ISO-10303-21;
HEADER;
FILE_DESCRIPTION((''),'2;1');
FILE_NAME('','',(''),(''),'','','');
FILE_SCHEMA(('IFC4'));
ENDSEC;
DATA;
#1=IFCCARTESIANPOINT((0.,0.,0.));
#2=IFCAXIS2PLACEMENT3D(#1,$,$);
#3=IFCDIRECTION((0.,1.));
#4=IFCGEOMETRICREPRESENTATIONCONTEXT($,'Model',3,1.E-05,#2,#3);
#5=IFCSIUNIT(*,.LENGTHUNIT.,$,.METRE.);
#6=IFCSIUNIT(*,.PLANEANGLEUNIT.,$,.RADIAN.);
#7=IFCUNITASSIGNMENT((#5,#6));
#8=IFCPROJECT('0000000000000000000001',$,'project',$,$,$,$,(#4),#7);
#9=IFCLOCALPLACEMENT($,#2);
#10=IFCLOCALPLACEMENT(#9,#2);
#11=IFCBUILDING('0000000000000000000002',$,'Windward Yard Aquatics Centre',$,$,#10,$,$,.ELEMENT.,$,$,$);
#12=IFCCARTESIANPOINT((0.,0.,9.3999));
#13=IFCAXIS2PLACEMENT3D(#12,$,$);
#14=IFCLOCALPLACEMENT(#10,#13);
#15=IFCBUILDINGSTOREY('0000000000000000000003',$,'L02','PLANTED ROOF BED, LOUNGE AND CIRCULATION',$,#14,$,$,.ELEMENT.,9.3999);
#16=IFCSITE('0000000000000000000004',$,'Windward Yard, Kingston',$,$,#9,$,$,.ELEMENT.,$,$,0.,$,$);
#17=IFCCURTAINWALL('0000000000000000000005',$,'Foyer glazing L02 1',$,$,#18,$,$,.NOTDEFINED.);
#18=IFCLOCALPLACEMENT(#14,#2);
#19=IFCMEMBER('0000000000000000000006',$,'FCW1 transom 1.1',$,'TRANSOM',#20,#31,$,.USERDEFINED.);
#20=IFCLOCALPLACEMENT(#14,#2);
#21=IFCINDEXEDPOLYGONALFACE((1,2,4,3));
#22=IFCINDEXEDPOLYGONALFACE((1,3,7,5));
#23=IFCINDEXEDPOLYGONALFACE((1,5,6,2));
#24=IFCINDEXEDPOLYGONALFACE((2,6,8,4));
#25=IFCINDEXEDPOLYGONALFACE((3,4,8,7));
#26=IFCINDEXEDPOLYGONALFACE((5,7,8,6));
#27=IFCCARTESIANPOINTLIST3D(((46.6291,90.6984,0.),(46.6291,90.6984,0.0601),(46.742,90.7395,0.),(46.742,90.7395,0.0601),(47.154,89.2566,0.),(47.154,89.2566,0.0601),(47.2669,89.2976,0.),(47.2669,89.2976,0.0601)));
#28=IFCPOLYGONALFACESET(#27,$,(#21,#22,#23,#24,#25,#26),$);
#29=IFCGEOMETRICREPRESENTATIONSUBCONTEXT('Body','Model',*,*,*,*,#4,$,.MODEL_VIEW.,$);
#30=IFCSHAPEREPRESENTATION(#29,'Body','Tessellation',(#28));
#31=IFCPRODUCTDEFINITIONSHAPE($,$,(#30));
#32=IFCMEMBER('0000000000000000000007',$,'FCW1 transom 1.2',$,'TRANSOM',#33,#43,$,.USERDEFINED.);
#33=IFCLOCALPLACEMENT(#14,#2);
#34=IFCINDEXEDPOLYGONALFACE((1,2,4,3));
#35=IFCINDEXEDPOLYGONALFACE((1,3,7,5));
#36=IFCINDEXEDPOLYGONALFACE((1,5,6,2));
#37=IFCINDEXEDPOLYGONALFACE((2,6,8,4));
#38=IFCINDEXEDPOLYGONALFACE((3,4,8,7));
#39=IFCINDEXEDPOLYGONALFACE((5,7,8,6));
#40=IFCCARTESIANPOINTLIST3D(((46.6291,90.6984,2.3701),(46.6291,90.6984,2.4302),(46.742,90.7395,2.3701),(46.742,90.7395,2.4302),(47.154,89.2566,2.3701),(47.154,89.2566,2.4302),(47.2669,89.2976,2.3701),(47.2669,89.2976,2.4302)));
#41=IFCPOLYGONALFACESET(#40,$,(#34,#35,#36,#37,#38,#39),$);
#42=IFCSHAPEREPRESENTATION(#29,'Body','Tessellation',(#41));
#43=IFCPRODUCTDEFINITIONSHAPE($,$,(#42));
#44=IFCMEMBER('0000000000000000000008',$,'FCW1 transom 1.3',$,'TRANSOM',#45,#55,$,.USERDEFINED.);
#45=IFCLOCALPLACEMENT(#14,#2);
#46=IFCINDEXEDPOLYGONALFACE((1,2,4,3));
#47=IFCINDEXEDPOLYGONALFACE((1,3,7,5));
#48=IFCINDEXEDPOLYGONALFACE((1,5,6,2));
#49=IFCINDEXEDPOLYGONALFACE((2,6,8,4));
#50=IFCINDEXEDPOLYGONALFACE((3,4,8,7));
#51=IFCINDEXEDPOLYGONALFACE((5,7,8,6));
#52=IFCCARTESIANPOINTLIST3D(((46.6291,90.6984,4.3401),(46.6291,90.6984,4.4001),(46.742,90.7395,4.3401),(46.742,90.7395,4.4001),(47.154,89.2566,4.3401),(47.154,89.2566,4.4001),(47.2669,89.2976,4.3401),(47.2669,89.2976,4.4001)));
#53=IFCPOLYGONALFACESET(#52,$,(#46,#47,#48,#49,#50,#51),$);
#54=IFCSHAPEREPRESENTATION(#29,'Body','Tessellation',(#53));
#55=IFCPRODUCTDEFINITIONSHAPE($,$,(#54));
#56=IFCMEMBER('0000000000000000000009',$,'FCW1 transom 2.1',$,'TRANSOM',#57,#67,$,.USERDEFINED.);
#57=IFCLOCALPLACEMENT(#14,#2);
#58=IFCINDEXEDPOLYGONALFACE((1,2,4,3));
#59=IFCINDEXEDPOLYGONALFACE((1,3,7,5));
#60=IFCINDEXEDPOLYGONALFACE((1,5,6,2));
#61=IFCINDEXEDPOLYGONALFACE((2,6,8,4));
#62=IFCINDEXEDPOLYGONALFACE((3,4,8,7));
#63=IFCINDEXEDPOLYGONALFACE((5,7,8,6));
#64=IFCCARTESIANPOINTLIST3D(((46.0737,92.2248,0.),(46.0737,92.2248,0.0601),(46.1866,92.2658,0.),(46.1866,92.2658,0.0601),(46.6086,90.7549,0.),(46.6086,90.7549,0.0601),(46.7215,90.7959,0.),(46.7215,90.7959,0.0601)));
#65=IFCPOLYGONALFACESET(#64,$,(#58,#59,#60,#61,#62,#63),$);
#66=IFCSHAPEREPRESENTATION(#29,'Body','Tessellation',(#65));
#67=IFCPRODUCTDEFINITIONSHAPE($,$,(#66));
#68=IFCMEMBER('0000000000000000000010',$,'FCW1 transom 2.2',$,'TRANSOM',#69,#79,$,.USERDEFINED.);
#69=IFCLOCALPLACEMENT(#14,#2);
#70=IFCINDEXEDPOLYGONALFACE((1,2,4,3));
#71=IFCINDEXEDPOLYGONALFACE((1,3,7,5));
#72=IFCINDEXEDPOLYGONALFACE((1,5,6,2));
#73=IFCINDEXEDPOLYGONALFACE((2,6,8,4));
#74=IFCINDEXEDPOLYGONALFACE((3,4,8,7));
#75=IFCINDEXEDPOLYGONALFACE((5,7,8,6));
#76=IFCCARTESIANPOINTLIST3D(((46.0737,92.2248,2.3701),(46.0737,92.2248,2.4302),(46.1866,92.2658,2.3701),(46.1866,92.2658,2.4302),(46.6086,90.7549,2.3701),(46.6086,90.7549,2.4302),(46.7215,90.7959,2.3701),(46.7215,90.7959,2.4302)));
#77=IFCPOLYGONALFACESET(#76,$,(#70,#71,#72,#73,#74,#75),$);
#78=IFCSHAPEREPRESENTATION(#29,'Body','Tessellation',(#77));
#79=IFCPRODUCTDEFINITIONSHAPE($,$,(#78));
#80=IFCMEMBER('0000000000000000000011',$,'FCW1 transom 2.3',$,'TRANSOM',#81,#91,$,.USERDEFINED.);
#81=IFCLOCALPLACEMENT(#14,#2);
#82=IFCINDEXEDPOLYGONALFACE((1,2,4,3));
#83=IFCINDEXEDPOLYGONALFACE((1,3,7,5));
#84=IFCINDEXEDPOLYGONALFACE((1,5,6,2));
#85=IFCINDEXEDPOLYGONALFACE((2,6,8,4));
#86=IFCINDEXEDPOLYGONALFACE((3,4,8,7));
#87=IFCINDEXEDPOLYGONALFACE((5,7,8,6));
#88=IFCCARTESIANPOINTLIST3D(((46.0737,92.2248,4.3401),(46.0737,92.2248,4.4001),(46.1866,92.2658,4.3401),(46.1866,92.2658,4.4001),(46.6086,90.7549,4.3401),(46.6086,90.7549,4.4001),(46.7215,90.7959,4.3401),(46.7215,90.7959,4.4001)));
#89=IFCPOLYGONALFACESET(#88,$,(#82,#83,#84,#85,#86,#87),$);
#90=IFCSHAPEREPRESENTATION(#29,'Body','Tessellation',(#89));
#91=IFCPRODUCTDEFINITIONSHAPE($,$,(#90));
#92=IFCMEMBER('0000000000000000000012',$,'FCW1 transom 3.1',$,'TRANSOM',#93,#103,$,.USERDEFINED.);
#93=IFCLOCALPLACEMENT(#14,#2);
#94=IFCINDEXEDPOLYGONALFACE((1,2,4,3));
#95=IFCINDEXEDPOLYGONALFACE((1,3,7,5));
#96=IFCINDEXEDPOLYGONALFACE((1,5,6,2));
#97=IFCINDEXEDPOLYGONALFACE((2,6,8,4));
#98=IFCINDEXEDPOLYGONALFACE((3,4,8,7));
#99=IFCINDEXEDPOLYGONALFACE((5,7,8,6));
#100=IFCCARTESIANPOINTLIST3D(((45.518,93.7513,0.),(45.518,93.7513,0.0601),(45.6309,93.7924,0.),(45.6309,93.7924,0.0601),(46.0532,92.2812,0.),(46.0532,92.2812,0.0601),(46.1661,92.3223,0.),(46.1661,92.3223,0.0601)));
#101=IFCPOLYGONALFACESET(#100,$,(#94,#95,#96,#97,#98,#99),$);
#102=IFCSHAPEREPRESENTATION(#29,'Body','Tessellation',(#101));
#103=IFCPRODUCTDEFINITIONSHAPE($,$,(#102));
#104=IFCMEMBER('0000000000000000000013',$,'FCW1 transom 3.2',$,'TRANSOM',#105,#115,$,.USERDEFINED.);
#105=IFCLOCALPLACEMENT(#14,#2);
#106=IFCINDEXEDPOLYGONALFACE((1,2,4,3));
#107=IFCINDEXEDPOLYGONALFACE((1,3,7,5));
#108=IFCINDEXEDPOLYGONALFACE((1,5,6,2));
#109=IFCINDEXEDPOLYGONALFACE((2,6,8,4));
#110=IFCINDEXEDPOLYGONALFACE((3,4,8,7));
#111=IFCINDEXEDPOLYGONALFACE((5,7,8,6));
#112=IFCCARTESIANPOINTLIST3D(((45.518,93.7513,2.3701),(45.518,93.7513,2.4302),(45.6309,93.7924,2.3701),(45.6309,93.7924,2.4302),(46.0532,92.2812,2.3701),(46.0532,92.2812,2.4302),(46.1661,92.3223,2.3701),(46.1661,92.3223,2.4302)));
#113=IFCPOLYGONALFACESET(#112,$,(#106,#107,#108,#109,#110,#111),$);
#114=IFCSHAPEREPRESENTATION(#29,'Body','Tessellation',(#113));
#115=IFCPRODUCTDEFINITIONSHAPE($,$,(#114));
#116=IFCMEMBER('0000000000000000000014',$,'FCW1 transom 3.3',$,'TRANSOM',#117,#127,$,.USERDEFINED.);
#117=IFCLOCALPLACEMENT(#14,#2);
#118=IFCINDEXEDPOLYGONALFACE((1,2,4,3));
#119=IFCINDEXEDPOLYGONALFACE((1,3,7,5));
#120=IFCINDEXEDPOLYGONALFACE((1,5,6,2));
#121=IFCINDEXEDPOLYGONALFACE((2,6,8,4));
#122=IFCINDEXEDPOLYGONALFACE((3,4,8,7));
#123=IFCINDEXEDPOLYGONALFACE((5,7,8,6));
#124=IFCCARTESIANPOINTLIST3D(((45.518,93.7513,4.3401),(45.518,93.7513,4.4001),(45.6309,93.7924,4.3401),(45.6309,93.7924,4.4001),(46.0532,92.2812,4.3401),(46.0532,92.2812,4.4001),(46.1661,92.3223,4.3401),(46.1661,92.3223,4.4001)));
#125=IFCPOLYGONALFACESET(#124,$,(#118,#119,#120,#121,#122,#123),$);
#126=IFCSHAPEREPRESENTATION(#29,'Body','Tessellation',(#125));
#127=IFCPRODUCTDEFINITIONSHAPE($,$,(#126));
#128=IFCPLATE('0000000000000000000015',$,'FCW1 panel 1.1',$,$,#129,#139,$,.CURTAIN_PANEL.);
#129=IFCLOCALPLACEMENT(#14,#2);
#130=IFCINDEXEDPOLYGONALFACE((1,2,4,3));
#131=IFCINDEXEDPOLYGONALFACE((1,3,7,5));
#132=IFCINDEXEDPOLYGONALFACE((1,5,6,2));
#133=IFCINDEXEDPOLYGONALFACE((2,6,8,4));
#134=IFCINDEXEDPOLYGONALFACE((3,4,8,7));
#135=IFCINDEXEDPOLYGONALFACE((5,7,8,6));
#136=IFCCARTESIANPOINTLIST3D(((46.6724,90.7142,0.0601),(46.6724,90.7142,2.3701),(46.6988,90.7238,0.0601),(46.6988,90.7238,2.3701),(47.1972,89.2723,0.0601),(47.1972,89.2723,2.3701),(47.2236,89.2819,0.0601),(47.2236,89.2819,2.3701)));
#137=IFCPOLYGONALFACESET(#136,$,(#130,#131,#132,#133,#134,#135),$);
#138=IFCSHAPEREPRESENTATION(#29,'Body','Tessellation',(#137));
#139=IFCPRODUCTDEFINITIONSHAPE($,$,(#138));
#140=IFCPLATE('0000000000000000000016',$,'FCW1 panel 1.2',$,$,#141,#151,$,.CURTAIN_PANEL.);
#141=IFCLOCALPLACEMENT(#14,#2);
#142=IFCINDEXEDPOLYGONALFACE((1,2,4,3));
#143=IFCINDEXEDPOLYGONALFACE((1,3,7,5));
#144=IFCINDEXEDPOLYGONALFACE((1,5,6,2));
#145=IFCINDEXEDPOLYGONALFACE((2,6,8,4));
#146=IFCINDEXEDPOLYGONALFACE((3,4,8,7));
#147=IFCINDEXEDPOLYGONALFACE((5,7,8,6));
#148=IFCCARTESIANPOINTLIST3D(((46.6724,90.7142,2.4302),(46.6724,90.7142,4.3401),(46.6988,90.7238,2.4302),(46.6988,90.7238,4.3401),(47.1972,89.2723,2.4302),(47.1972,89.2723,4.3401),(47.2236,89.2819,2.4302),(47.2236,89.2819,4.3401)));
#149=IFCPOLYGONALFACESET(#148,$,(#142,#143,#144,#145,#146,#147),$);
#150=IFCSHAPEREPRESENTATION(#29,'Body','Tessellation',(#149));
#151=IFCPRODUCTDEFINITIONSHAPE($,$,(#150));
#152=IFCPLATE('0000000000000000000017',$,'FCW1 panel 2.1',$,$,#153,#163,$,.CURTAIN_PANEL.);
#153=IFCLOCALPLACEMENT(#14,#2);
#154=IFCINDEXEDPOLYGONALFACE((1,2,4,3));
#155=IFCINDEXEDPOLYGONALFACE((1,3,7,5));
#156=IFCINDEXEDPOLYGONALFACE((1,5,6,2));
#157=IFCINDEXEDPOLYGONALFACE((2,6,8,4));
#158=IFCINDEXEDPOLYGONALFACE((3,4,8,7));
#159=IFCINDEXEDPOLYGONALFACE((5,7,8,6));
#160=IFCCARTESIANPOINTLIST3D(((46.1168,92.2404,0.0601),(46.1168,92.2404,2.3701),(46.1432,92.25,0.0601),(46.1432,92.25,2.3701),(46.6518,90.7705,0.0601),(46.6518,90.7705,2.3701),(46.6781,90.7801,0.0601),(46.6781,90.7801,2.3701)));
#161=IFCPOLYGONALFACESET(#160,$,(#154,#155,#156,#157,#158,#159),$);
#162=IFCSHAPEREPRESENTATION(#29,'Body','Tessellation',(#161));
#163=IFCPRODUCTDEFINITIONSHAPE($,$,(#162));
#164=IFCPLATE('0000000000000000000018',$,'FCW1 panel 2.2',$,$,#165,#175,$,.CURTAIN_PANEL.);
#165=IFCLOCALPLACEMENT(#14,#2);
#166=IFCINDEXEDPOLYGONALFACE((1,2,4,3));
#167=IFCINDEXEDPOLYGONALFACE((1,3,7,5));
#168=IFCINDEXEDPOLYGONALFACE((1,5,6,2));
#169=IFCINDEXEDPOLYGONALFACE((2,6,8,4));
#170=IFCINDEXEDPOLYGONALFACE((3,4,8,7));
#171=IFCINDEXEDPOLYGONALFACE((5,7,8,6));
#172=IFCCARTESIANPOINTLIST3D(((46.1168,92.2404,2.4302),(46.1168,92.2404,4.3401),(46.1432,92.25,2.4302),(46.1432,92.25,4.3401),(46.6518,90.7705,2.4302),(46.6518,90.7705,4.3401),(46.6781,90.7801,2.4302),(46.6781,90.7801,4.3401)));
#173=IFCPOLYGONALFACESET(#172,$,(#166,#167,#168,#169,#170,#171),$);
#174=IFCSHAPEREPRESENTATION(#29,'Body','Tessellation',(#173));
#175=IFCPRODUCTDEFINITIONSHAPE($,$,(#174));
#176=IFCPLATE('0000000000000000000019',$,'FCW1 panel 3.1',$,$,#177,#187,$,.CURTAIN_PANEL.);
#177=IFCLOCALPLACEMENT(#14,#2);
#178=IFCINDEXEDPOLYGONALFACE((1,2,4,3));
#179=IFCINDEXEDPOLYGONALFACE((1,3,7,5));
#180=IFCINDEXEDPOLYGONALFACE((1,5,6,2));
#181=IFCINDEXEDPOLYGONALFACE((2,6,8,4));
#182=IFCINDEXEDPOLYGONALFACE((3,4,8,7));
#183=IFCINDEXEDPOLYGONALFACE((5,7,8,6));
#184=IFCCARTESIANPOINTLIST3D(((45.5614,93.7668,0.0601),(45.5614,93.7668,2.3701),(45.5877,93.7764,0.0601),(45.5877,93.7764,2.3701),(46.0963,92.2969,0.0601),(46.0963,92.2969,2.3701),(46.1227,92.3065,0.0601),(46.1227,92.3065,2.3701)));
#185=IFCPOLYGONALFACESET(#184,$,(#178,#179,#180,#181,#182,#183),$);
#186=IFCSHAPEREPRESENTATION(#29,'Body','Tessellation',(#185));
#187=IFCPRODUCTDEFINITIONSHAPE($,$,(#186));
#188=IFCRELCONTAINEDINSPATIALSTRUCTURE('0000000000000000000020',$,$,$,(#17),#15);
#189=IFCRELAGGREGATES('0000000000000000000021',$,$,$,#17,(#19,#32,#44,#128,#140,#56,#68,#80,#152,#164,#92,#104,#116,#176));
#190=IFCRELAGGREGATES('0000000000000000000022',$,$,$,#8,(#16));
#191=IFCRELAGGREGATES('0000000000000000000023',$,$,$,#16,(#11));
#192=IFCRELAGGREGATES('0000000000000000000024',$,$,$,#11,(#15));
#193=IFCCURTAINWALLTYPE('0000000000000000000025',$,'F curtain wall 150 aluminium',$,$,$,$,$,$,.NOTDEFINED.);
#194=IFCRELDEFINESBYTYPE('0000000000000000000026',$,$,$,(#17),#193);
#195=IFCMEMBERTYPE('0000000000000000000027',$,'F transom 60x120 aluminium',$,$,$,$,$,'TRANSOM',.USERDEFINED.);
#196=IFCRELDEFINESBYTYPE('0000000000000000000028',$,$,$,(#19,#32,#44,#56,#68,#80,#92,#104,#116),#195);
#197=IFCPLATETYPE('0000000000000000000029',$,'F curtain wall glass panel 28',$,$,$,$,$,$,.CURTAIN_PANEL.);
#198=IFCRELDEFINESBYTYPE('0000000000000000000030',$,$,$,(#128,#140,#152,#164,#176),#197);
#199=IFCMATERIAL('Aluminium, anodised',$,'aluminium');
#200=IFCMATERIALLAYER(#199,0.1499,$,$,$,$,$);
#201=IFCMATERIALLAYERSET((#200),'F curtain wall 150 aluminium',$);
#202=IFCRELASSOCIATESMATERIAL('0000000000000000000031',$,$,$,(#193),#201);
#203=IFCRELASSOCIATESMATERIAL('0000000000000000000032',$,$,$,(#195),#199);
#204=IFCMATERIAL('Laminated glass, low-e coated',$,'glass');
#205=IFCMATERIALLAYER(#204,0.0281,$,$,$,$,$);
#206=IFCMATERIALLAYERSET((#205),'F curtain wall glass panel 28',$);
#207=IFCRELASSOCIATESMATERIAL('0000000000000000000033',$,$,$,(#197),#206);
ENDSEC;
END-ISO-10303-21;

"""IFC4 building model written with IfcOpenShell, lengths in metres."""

from ifc_helpers import new_model, si_unit, direction, frame, origin, origin_2d, place, context, subcontext, project, spatial, rectangle, extrude, material, layer, layer_set, material_profile, profile_set, type_object, element, aggregate, save


model = new_model("IFC4")

# Units and contexts
model_context = context("Model", 3, precision=1e-05, world=origin(), true_north=direction((0.0, 1.0)))
body_context = subcontext(model_context, "Body", "Model", "MODEL_VIEW")
ifc_project = project(units=[si_unit("LENGTHUNIT", "METRE"), si_unit("PLANEANGLEUNIT", "RADIAN")], contexts=[model_context])

# Site, building, storey
site_placement = place(None, origin())
site = spatial("IfcSite", under=ifc_project, at=site_placement, Name="Windward Yard, Kingston", CompositionType="ELEMENT", RefElevation=0.0)
building_placement = place(site_placement, origin())
building = spatial("IfcBuilding", under=site, at=building_placement, Name="Windward Yard Aquatics Centre", CompositionType="ELEMENT")
storey_placement = place(building_placement, frame((0.0, 0.0, 9.3999)))
storey = spatial("IfcBuildingStorey", under=building, at=storey_placement, Name="L02", Description="PLANTED ROOF BED, LOUNGE AND CIRCULATION", CompositionType="ELEMENT", Elevation=9.3999)

# Curtain wall, members, plates
ifc_material_1 = material(Name="Aluminium, anodised", Category="aluminium")
ifc_layer_1 = layer(ifc_material_1, 0.1499)
ifc_layer_set_1 = layer_set([ifc_layer_1], Name="F curtain wall 150 aluminium")
curtain_wall_type = type_object("IfcCurtainWallType", Name="F curtain wall 150 aluminium", PredefinedType="NOTDEFINED", material=ifc_layer_set_1)
curtain_wall_placement = place(storey_placement, origin())
curtain_wall = element("IfcCurtainWall", 1, at=curtain_wall_placement, inside=storey, type_object=curtain_wall_type, Name="Foyer glazing L02 1", PredefinedType="NOTDEFINED")
ifc_material_profile_1 = material_profile(ifc_material_1, rectangle(XDim=0.1201, YDim=0.0601, at=origin_2d()), Name="TRANSOM 60x120")
ifc_profile_set_1 = profile_set([ifc_material_profile_1], Name="Aluminium, anodised")
member_type_1 = type_object("IfcMemberType", Name="F transom 60x120 aluminium", ElementType="TRANSOM", PredefinedType="USERDEFINED", material=ifc_profile_set_1)
member_1_placement = place(storey_placement, frame((47.2104, 89.2771, 0.03), z_axis=(-0.342075, 0.939673, 0.0), x_axis=(-0.939673, -0.342075, 0.0)))
member_1 = element("IfcMember", 2, at=member_1_placement, type_object=member_type_1, Name="FCW1 transom 1.1", ObjectType="TRANSOM", PredefinedType="USERDEFINED", context=body_context, shape_type="SweptSolid", body=[
    extrude(rectangle(XDim=0.1201, YDim=0.0601, at=origin_2d()), origin(), (0.0, 0.0, 1.0), 1.5344),
])
member_2_placement = place(storey_placement, frame((47.2104, 89.2771, 2.4001), z_axis=(-0.342075, 0.939673, 0.0), x_axis=(-0.939673, -0.342075, 0.0)))
member_2 = element("IfcMember", 3, at=member_2_placement, type_object=member_type_1, Name="FCW1 transom 1.2", ObjectType="TRANSOM", PredefinedType="USERDEFINED", context=body_context, shape_type="SweptSolid", body=[
    extrude(rectangle(XDim=0.1201, YDim=0.0601, at=origin_2d()), origin(), (0.0, 0.0, 1.0), 1.5344),
])
member_3_placement = place(storey_placement, frame((47.2104, 89.2771, 4.3701), z_axis=(-0.342075, 0.939673, 0.0), x_axis=(-0.939673, -0.342075, 0.0)))
member_3 = element("IfcMember", 4, at=member_3_placement, type_object=member_type_1, Name="FCW1 transom 1.3", ObjectType="TRANSOM", PredefinedType="USERDEFINED", context=body_context, shape_type="SweptSolid", body=[
    extrude(rectangle(XDim=0.1201, YDim=0.0601, at=origin_2d()), origin(), (0.0, 0.0, 1.0), 1.5344),
])
member_4_placement = place(storey_placement, frame((46.665, 90.7754, 0.03), z_axis=(-0.341956, 0.939716, 0.0), x_axis=(-0.939716, -0.341956, 0.0)))
member_4 = element("IfcMember", 5, at=member_4_placement, type_object=member_type_1, Name="FCW1 transom 2.1", ObjectType="TRANSOM", PredefinedType="USERDEFINED", context=body_context, shape_type="SweptSolid", body=[
    extrude(rectangle(XDim=0.1201, YDim=0.0601, at=origin_2d()), origin(), (0.0, 0.0, 1.0), 1.5642),
])
member_5_placement = place(storey_placement, frame((46.665, 90.7754, 2.4001), z_axis=(-0.341956, 0.939716, 0.0), x_axis=(-0.939716, -0.341956, 0.0)))
member_5 = element("IfcMember", 6, at=member_5_placement, type_object=member_type_1, Name="FCW1 transom 2.2", ObjectType="TRANSOM", PredefinedType="USERDEFINED", context=body_context, shape_type="SweptSolid", body=[
    extrude(rectangle(XDim=0.1201, YDim=0.0601, at=origin_2d()), origin(), (0.0, 0.0, 1.0), 1.5642),
])
member_6_placement = place(storey_placement, frame((46.665, 90.7754, 4.3701), z_axis=(-0.341956, 0.939716, 0.0), x_axis=(-0.939716, -0.341956, 0.0)))
member_6 = element("IfcMember", 7, at=member_6_placement, type_object=member_type_1, Name="FCW1 transom 2.3", ObjectType="TRANSOM", PredefinedType="USERDEFINED", context=body_context, shape_type="SweptSolid", body=[
    extrude(rectangle(XDim=0.1201, YDim=0.0601, at=origin_2d()), origin(), (0.0, 0.0, 1.0), 1.5642),
])
member_7_placement = place(storey_placement, frame((46.1096, 92.3018, 0.03), z_axis=(-0.342094, 0.939666, 0.0), x_axis=(-0.939666, -0.342094, 0.0)))
member_7 = element("IfcMember", 8, at=member_7_placement, type_object=member_type_1, Name="FCW1 transom 3.1", ObjectType="TRANSOM", PredefinedType="USERDEFINED", context=body_context, shape_type="SweptSolid", body=[
    extrude(rectangle(XDim=0.1201, YDim=0.0601, at=origin_2d()), origin(), (0.0, 0.0, 1.0), 1.5645),
])
member_8_placement = place(storey_placement, frame((46.1096, 92.3018, 2.4001), z_axis=(-0.342094, 0.939666, 0.0), x_axis=(-0.939666, -0.342094, 0.0)))
member_8 = element("IfcMember", 9, at=member_8_placement, type_object=member_type_1, Name="FCW1 transom 3.2", ObjectType="TRANSOM", PredefinedType="USERDEFINED", context=body_context, shape_type="SweptSolid", body=[
    extrude(rectangle(XDim=0.1201, YDim=0.0601, at=origin_2d()), origin(), (0.0, 0.0, 1.0), 1.5645),
])
member_9_placement = place(storey_placement, frame((46.1096, 92.3018, 4.3701), z_axis=(-0.342094, 0.939666, 0.0), x_axis=(-0.939666, -0.342094, 0.0)))
member_9 = element("IfcMember", 10, at=member_9_placement, type_object=member_type_1, Name="FCW1 transom 3.3", ObjectType="TRANSOM", PredefinedType="USERDEFINED", context=body_context, shape_type="SweptSolid", body=[
    extrude(rectangle(XDim=0.1201, YDim=0.0601, at=origin_2d()), origin(), (0.0, 0.0, 1.0), 1.5645),
])
ifc_material_2 = material(Name="Laminated glass, low-e coated", Category="glass")
ifc_layer_2 = layer(ifc_material_2, 0.0281)
ifc_layer_set_2 = layer_set([ifc_layer_2], Name="F curtain wall glass panel 28")
plate_type_1 = type_object("IfcPlateType", Name="F curtain wall glass panel 28", PredefinedType="CURTAIN_PANEL", material=ifc_layer_set_2)
plate_1_placement = place(storey_placement, frame((46.948, 89.998, 0.0601), z_axis=(0.0, 0.0, 1.0), x_axis=(-0.342019, 0.939693, 0.0)))
plate_1 = element("IfcPlate", 11, at=plate_1_placement, type_object=plate_type_1, Name="FCW1 panel 1.1", PredefinedType="CURTAIN_PANEL", context=body_context, shape_type="SweptSolid", body=[
    extrude(rectangle(XDim=1.5344, YDim=0.0281, at=origin_2d()), origin(), (0.0, 0.0, 1.0), 2.3101),
])
plate_2_placement = place(storey_placement, frame((46.948, 89.998, 2.4302), z_axis=(0.0, 0.0, 1.0), x_axis=(-0.342019, 0.939693, 0.0)))
plate_2 = element("IfcPlate", 12, at=plate_2_placement, type_object=plate_type_1, Name="FCW1 panel 1.2", PredefinedType="CURTAIN_PANEL", context=body_context, shape_type="SweptSolid", body=[
    extrude(rectangle(XDim=1.5344, YDim=0.0281, at=origin_2d()), origin(), (0.0, 0.0, 1.0), 1.9099),
])
plate_3_placement = place(storey_placement, frame((46.3975, 91.5103, 0.0601), z_axis=(0.0, 0.0, 1.0), x_axis=(-0.342019, 0.939693, 0.0)))
plate_3 = element("IfcPlate", 13, at=plate_3_placement, type_object=plate_type_1, Name="FCW1 panel 2.1", PredefinedType="CURTAIN_PANEL", context=body_context, shape_type="SweptSolid", body=[
    extrude(rectangle(XDim=1.5642, YDim=0.0281, at=origin_2d()), origin(), (0.0, 0.0, 1.0), 2.3101),
])
plate_4_placement = place(storey_placement, frame((46.3975, 91.5103, 2.4302), z_axis=(0.0, 0.0, 1.0), x_axis=(-0.342019, 0.939693, 0.0)))
plate_4 = element("IfcPlate", 14, at=plate_4_placement, type_object=plate_type_1, Name="FCW1 panel 2.2", PredefinedType="CURTAIN_PANEL", context=body_context, shape_type="SweptSolid", body=[
    extrude(rectangle(XDim=1.5642, YDim=0.0281, at=origin_2d()), origin(), (0.0, 0.0, 1.0), 1.9099),
])
plate_5_placement = place(storey_placement, frame((45.842, 93.0366, 0.0601), z_axis=(0.0, 0.0, 1.0), x_axis=(-0.342019, 0.939693, 0.0)))
plate_5 = element("IfcPlate", 15, at=plate_5_placement, type_object=plate_type_1, Name="FCW1 panel 3.1", PredefinedType="CURTAIN_PANEL", context=body_context, shape_type="SweptSolid", body=[
    extrude(rectangle(XDim=1.5642, YDim=0.0281, at=origin_2d()), origin(), (0.0, 0.0, 1.0), 2.3101),
])
aggregate(curtain_wall, [member_1, member_2, member_3, plate_1, plate_2, member_4, member_5, member_6, plate_3, plate_4, member_7, member_8, member_9, plate_5])

save(model, "model.ifc")
